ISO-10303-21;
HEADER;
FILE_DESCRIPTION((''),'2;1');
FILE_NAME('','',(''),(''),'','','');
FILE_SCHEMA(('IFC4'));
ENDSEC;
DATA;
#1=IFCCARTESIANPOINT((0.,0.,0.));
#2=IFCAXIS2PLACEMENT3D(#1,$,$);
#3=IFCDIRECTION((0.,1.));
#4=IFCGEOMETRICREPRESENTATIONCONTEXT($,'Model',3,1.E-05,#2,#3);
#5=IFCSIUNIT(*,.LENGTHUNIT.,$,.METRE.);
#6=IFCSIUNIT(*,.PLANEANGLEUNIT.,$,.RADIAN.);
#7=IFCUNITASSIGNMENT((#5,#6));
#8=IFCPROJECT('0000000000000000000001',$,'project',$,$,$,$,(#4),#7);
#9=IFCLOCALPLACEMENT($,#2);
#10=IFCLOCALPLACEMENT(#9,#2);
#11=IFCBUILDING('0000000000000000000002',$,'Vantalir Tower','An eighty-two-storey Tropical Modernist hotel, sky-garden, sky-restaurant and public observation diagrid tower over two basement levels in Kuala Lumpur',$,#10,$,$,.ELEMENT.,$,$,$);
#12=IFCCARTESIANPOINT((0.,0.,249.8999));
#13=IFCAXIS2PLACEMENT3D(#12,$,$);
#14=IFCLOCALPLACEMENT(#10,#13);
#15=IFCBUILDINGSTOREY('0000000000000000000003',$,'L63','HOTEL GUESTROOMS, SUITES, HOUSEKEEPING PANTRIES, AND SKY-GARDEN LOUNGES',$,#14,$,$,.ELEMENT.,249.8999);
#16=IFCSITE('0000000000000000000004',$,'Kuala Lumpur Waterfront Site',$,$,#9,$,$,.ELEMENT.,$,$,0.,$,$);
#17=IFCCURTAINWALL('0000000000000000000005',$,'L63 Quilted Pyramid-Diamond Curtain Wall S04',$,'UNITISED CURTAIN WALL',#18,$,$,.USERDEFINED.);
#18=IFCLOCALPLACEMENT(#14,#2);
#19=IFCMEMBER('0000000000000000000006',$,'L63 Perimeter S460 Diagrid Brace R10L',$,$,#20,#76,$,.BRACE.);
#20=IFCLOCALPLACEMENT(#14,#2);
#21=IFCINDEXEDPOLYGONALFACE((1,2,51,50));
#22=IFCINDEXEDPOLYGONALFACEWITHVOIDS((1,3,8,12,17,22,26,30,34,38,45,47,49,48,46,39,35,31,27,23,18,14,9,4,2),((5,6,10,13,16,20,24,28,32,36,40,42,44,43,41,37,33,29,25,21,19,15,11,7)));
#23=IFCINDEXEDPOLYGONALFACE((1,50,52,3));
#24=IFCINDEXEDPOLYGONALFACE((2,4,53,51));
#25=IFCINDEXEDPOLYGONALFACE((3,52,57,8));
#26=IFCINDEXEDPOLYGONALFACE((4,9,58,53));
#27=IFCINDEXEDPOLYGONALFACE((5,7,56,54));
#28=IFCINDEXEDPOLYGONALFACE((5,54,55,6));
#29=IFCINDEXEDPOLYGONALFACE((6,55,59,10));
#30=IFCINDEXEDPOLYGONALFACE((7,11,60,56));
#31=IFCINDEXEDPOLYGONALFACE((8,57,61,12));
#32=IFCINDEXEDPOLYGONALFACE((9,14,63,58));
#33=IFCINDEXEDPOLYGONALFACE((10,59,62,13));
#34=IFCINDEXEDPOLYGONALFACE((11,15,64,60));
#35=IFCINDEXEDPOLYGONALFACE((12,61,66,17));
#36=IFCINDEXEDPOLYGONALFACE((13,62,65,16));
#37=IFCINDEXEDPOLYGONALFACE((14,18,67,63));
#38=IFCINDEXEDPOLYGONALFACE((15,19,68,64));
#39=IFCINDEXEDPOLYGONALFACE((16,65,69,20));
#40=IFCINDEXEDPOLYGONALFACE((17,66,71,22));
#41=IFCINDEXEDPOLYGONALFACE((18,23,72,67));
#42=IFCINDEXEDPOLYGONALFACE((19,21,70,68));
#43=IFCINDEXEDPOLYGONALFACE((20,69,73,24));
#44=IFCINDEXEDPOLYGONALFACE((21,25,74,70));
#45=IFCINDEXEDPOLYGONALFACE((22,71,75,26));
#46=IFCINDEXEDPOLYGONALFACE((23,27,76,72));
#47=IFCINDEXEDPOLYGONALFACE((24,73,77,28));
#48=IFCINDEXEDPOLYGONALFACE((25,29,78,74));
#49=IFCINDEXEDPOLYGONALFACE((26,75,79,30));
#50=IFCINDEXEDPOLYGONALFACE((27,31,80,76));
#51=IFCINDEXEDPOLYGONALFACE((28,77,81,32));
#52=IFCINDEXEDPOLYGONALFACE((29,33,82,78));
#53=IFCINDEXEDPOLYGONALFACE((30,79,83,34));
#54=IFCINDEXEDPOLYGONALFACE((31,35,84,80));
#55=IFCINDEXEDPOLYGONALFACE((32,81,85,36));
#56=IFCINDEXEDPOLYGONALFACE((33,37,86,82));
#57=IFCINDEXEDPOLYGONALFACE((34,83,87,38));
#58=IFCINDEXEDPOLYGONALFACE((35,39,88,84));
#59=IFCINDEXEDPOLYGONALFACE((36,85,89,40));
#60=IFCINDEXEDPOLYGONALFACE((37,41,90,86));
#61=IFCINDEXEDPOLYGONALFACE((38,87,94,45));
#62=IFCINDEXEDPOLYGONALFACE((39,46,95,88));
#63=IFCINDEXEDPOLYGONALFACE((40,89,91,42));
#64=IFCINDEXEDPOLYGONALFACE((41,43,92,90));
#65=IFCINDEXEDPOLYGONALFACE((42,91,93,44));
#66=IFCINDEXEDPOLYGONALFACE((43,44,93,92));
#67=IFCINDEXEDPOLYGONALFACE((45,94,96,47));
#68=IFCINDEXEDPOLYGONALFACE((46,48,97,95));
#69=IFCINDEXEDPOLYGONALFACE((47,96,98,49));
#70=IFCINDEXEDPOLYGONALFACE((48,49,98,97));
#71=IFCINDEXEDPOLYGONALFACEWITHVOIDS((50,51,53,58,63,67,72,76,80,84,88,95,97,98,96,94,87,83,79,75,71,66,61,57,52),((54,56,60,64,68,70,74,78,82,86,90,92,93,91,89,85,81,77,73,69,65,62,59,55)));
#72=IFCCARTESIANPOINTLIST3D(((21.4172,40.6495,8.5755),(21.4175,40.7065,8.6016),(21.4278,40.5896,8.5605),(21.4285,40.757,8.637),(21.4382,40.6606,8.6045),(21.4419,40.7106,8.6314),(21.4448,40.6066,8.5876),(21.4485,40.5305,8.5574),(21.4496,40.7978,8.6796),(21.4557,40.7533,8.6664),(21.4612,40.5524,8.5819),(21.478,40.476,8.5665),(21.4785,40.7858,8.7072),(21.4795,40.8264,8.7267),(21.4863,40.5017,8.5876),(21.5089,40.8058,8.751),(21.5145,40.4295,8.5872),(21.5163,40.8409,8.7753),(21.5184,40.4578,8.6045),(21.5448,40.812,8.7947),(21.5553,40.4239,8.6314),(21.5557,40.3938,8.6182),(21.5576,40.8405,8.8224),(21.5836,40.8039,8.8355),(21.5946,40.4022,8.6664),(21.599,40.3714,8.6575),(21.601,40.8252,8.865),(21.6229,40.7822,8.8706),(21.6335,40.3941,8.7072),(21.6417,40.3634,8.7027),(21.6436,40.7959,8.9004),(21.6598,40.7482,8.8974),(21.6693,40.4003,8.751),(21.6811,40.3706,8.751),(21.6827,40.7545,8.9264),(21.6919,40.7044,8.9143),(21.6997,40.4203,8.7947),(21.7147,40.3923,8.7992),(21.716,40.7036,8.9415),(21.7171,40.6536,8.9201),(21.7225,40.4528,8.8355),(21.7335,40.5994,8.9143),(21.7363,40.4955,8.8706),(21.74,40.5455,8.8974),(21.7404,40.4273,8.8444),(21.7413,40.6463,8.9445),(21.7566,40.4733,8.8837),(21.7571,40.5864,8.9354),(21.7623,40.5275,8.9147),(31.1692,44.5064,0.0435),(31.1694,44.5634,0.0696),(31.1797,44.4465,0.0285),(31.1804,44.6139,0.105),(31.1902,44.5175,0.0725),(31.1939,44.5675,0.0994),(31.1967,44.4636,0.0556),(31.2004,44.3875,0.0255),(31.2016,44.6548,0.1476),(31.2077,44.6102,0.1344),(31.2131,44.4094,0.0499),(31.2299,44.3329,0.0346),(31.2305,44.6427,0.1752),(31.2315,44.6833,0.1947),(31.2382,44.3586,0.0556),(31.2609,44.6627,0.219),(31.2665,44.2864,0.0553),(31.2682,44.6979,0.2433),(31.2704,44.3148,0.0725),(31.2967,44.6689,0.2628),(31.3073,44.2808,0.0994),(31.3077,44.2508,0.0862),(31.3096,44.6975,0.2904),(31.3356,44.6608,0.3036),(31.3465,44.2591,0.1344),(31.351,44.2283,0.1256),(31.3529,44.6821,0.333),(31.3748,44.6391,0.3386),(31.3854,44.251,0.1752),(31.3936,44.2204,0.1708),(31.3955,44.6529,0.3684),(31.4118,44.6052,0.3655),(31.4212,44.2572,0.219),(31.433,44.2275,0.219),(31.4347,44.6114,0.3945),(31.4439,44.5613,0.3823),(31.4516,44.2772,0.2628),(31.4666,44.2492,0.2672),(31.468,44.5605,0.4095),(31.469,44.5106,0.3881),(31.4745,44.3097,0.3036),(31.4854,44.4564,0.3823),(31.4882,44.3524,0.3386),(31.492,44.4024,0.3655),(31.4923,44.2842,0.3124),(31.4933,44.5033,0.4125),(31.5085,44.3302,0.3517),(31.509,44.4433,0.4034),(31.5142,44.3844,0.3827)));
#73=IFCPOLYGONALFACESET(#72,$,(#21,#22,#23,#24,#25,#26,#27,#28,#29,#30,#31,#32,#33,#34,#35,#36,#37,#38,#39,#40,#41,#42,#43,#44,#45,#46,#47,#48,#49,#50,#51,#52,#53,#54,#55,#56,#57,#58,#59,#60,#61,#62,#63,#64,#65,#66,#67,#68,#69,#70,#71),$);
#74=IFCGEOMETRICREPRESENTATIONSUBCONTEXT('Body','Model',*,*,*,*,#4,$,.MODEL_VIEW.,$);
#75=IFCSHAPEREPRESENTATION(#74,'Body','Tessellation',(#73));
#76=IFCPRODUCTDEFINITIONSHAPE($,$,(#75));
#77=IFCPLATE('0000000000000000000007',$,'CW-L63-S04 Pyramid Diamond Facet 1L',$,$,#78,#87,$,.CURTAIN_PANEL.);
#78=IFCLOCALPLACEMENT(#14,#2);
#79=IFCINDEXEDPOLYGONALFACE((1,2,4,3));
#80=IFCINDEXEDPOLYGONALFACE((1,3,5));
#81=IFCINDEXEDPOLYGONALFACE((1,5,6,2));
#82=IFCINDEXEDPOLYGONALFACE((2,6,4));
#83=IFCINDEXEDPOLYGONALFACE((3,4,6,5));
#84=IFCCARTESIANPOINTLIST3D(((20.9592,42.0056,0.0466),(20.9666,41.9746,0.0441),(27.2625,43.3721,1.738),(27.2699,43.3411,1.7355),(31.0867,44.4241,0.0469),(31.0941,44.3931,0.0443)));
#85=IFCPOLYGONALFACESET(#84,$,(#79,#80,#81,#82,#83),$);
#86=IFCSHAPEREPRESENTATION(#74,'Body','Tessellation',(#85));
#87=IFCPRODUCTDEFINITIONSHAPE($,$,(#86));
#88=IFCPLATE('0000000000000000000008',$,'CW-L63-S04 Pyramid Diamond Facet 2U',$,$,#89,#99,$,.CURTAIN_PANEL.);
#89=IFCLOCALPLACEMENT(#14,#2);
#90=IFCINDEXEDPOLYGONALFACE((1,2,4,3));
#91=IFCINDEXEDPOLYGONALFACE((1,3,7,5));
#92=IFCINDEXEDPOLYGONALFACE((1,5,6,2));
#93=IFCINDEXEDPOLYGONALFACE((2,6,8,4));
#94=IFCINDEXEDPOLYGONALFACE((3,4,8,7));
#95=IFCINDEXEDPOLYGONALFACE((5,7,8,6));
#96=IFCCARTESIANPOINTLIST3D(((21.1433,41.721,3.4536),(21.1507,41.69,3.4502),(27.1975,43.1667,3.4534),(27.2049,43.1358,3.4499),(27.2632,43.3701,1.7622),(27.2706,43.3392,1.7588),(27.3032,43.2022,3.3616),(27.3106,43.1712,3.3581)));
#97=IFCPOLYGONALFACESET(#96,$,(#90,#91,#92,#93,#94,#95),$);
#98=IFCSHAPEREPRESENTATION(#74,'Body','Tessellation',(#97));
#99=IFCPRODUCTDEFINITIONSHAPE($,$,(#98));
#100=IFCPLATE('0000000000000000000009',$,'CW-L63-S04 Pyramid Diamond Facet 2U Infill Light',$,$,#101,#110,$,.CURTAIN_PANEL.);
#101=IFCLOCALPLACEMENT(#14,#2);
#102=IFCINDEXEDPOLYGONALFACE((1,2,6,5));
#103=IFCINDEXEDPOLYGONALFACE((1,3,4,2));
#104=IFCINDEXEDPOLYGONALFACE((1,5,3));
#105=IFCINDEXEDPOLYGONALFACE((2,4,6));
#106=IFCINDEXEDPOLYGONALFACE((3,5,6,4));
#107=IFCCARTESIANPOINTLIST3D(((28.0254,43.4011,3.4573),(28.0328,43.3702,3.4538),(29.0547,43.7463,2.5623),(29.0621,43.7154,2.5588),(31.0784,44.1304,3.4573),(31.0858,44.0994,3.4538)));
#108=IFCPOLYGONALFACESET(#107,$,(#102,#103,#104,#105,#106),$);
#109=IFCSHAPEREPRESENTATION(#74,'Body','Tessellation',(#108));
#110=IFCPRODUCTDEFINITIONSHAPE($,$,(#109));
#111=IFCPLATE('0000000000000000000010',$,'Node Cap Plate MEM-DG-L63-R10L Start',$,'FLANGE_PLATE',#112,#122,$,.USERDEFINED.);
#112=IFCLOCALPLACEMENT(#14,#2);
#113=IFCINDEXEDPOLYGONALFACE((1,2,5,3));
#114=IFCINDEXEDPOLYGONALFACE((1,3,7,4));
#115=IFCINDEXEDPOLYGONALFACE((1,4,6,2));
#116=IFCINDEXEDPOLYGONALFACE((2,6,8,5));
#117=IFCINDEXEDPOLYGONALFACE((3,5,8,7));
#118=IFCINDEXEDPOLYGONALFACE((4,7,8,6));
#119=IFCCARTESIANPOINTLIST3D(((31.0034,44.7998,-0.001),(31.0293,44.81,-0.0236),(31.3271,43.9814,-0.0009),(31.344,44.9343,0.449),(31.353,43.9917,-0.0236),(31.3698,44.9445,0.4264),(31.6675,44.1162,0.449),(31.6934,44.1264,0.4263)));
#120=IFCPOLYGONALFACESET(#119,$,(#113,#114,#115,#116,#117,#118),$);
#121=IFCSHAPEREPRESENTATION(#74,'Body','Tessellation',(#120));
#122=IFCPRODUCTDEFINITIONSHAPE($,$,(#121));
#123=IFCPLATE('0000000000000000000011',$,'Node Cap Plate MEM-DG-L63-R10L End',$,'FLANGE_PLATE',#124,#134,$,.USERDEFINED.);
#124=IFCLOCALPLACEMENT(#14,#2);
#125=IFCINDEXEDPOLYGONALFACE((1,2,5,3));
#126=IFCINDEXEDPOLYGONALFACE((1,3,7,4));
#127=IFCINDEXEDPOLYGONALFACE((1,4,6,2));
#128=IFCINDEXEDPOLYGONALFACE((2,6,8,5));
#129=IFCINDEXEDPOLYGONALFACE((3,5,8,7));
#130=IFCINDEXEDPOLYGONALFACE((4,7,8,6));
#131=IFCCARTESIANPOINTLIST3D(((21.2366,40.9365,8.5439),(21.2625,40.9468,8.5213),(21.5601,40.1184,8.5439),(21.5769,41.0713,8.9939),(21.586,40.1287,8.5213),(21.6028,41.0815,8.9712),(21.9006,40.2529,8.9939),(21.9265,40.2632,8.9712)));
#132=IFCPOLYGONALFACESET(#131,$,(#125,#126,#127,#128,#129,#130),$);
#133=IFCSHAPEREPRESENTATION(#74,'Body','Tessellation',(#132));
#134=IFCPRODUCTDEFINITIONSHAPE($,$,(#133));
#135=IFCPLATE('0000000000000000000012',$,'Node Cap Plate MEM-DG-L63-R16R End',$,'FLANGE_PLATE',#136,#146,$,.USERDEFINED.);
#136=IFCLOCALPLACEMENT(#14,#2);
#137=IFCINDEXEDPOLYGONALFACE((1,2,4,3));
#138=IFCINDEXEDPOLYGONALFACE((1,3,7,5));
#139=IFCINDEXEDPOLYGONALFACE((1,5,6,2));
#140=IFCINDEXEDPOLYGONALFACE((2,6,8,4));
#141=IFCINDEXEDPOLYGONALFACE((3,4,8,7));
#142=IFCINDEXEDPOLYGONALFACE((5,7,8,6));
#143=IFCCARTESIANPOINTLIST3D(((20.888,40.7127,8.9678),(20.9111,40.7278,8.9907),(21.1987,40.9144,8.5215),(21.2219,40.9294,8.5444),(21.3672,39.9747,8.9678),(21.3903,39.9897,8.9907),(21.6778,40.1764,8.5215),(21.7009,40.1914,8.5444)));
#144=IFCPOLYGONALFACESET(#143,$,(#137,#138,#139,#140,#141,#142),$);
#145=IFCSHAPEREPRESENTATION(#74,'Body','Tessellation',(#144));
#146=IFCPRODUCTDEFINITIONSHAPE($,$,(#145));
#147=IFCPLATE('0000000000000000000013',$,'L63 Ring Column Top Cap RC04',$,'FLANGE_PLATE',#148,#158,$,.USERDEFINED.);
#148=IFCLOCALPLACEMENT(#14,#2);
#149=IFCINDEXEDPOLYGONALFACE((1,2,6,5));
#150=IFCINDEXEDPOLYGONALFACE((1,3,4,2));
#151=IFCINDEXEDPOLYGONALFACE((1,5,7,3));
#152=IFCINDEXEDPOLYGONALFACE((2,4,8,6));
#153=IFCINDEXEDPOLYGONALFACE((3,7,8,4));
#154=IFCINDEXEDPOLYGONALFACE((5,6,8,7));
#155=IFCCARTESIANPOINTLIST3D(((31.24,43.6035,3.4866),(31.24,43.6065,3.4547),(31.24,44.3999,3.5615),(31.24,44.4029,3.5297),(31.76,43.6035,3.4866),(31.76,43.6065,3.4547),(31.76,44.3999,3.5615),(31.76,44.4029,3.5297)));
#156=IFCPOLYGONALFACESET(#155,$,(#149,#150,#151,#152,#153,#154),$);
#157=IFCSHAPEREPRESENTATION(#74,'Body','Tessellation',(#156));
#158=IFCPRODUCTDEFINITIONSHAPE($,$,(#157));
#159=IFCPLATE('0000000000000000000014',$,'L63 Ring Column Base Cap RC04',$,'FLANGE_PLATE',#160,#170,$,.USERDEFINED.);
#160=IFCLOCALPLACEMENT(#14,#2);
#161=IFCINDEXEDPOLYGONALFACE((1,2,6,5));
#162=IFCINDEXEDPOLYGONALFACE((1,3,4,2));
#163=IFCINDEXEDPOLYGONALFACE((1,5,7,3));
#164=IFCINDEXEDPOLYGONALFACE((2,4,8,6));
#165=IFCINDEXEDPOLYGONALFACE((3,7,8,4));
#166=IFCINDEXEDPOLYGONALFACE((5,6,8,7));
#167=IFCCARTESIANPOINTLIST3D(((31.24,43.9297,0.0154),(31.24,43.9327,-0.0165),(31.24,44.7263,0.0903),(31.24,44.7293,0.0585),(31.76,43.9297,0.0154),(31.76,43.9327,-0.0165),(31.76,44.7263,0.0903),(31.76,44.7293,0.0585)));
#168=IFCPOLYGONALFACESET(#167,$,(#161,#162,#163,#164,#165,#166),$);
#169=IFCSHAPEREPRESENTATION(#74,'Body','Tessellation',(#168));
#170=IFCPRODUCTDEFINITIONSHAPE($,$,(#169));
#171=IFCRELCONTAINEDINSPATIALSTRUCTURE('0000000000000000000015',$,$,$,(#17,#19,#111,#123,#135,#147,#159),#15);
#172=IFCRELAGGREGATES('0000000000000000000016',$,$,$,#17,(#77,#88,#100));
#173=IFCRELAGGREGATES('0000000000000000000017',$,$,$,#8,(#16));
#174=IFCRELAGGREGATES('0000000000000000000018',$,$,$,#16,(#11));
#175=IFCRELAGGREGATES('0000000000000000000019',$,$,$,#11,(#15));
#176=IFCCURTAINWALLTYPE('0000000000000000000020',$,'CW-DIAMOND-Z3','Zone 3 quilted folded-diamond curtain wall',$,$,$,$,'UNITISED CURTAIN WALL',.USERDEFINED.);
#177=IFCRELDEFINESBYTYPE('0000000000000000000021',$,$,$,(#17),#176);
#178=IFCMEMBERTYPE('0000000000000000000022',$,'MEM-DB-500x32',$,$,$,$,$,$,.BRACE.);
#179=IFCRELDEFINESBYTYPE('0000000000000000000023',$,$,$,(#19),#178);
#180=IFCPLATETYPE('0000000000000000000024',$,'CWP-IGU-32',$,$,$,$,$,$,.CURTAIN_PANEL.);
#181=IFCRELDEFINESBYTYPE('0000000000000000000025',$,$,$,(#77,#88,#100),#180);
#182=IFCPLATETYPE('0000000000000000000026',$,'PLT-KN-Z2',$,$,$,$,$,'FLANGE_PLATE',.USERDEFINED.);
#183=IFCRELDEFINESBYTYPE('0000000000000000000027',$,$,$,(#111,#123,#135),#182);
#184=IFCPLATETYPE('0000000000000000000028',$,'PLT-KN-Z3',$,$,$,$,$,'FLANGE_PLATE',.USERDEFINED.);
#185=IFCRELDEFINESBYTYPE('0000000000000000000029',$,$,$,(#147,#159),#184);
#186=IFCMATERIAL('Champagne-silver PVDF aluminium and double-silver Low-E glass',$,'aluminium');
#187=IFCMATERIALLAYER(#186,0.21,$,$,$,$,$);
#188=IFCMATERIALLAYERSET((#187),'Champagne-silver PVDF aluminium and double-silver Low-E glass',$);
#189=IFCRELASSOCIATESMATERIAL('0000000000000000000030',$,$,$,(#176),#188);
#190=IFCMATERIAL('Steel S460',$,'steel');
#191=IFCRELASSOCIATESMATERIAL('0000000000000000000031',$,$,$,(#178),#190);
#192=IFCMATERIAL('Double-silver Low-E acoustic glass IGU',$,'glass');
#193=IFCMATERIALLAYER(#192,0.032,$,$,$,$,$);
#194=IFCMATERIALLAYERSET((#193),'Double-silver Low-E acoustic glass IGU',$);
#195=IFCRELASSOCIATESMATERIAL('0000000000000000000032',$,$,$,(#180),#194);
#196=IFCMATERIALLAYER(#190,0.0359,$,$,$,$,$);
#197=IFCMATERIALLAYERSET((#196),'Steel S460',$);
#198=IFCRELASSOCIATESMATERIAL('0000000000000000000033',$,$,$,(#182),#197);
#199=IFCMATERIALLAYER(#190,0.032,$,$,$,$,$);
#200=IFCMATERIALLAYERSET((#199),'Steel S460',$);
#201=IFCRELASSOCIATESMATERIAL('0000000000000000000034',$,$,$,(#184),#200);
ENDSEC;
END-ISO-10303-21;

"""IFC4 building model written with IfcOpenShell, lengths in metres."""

from ifc_helpers import new_model, si_unit, direction, frame, origin, origin_2d, place, context, subcontext, project, spatial, polyline, hollow_circle, outline, extrude, material, layer, layer_set, material_profile, profile_set, type_object, element, aggregate, save


model = new_model("IFC4")

# Units and contexts
model_context = context("Model", 3, precision=1e-05, world=origin(), true_north=direction((0.0, 1.0)))
body_context = subcontext(model_context, "Body", "Model", "MODEL_VIEW")
ifc_project = project(units=[si_unit("LENGTHUNIT", "METRE"), si_unit("PLANEANGLEUNIT", "RADIAN")], contexts=[model_context])

# Site, building, storey
site_placement = place(None, origin())
site = spatial("IfcSite", under=ifc_project, at=site_placement, Name="Kuala Lumpur Waterfront Site", CompositionType="ELEMENT", RefElevation=0.0)
building_placement = place(site_placement, origin())
building = spatial("IfcBuilding", under=site, at=building_placement, Name="Vantalir Tower", Description="An eighty-two-storey Tropical Modernist hotel, sky-garden, sky-restaurant and public observation diagrid tower over two basement levels in Kuala Lumpur", CompositionType="ELEMENT")
storey_placement = place(building_placement, frame((0.0, 0.0, 249.8999)))
storey = spatial("IfcBuildingStorey", under=building, at=storey_placement, Name="L63", Description="HOTEL GUESTROOMS, SUITES, HOUSEKEEPING PANTRIES, AND SKY-GARDEN LOUNGES", CompositionType="ELEMENT", Elevation=249.8999)

# Curtain wall
ifc_material_1 = material(Name="Champagne-silver PVDF aluminium and double-silver Low-E glass", Category="aluminium")
ifc_layer_1 = layer(ifc_material_1, 0.21)
ifc_layer_set_1 = layer_set([ifc_layer_1], Name="Champagne-silver PVDF aluminium and double-silver Low-E glass")
curtain_wall_type = type_object("IfcCurtainWallType", Name="CW-DIAMOND-Z3", Description="Zone 3 quilted folded-diamond curtain wall", ElementType="UNITISED CURTAIN WALL", PredefinedType="USERDEFINED", material=ifc_layer_set_1)
curtain_wall_placement = place(storey_placement, origin())
curtain_wall = element("IfcCurtainWall", 1, at=curtain_wall_placement, inside=storey, type_object=curtain_wall_type, Name="L63 Quilted Pyramid-Diamond Curtain Wall S04", ObjectType="UNITISED CURTAIN WALL", PredefinedType="USERDEFINED")

# Member
ifc_material_2 = material(Name="Steel S460", Category="steel")
ifc_material_profile_1 = material_profile(ifc_material_2, hollow_circle(Radius=0.25, WallThickness=0.032, at=origin_2d()), Name="Steel S460")
ifc_profile_set_1 = profile_set([ifc_material_profile_1], Name="Steel S460")
member_type_1 = type_object("IfcMemberType", Name="MEM-DB-500x32", PredefinedType="BRACE", material=ifc_profile_set_1)
member_1_placement = place(storey_placement, frame((31.3411, 44.46, 0.219), z_axis=(-0.721336, -0.285291, 0.631097), x_axis=(0.367783, -0.929911, 0.0)))
element("IfcMember", 2, at=member_1_placement, inside=storey, type_object=member_type_1, Name="L63 Perimeter S460 Diagrid Brace R10L", PredefinedType="BRACE", context=body_context, shape_type="SweptSolid", body=[
    extrude(hollow_circle(Radius=0.25, WallThickness=0.032, at=origin_2d()), origin(), (0.0, 0.0, 1.0), 13.5193),
])

# Plates
ifc_material_3 = material(Name="Double-silver Low-E acoustic glass IGU", Category="glass")
ifc_layer_2 = layer(ifc_material_3, 0.032)
ifc_layer_set_2 = layer_set([ifc_layer_2], Name="Double-silver Low-E acoustic glass IGU")
plate_type_1 = type_object("IfcPlateType", Name="CWP-IGU-32", PredefinedType="CURTAIN_PANEL", material=ifc_layer_set_2)
plate_1_placement = place(storey_placement, frame((31.0867, 44.4241, 0.0469), z_axis=(-0.231537, 0.969568, 0.079554), x_axis=(-0.972651, -0.232271, -0.000023)))
plate_1 = element("IfcPlate", 3, at=plate_1_placement, type_object=plate_type_1, Name="CW-L63-S04 Pyramid Diamond Facet 1L", PredefinedType="CURTAIN_PANEL", context=body_context, shape_type="SweptSolid", body=[
    extrude(outline(polyline([(0.0, 0.0), (10.4122, 0.0), (3.9639, 1.6966), (0.0, 0.0)])), origin(), (0.0, 0.0, -1.0), 0.032),
])
plate_2_placement = place(storey_placement, frame((27.1975, 43.1667, 3.4534), z_axis=(-0.230928, 0.967034, 0.107322), x_axis=(-0.972651, -0.232273, 0.00004)))
plate_2 = element("IfcPlate", 4, at=plate_2_placement, type_object=plate_type_1, Name="CW-L63-S04 Pyramid Diamond Facet 2U", PredefinedType="CURTAIN_PANEL", context=body_context, shape_type="SweptSolid", body=[
    extrude(outline(polyline([(0.0, 0.0), (6.2244, 0.0), (-0.1112, -1.701), (-0.111, -0.0923), (0.0, 0.0)])), origin(), (0.0, 0.0, -1.0), 0.032),
])
plate_3_placement = place(storey_placement, frame((31.0784, 44.1304, 3.4573), z_axis=(-0.230986, 0.967017, 0.107345), x_axis=(-0.972637, -0.232328, 0.0)))
plate_3 = element("IfcPlate", 5, at=plate_3_placement, type_object=plate_type_1, Name="CW-L63-S04 Pyramid Diamond Facet 2U Infill Light", PredefinedType="CURTAIN_PANEL", context=body_context, shape_type="SweptSolid", body=[
    extrude(outline(polyline([(0.0, 0.0), (3.1389, 0.0), (2.0575, -0.9002), (0.0, 0.0)])), origin(), (0.0, 0.0, -1.0), 0.032),
])
aggregate(curtain_wall, [plate_1, plate_2, plate_3])

# Plates
ifc_layer_3 = layer(ifc_material_2, 0.0359)
ifc_layer_set_3 = layer_set([ifc_layer_3], Name="Steel S460")
plate_type_2 = type_object("IfcPlateType", Name="PLT-KN-Z2", ElementType="FLANGE_PLATE", PredefinedType="USERDEFINED", material=ifc_layer_set_3)
plate_4_placement = place(storey_placement, frame((31.0034, 44.7998, -0.001), z_axis=(-0.721306, -0.285273, 0.631139), x_axis=(0.367805, -0.929903, 0.000038)))
element("IfcPlate", 6, at=plate_4_placement, inside=storey, type_object=plate_type_2, Name="Node Cap Plate MEM-DG-L63-R10L Start", ObjectType="FLANGE_PLATE", PredefinedType="USERDEFINED", context=body_context, shape_type="SweptSolid", body=[
    extrude(outline(polyline([(0.0, 0.0), (0.8801, 0.0), (0.8799, 0.58), (0.0002, 0.5801), (0.0, 0.0)])), origin(), (0.0, 0.0, -1.0), 0.0359),
])
plate_5_placement = place(storey_placement, frame((21.2366, 40.9365, 8.5439), z_axis=(-0.721306, -0.285273, 0.631139), x_axis=(0.367747, -0.929926, -0.000038)))
element("IfcPlate", 7, at=plate_5_placement, inside=storey, type_object=plate_type_2, Name="Node Cap Plate MEM-DG-L63-R10L End", ObjectType="FLANGE_PLATE", PredefinedType="USERDEFINED", context=body_context, shape_type="SweptSolid", body=[
    extrude(outline(polyline([(0.0, 0.0), (0.8797, 0.0), (0.8799, 0.5801), (-0.0002, 0.58), (0.0, 0.0)])), origin(), (0.0, 0.0, -1.0), 0.0359),
])
plate_6_placement = place(storey_placement, frame((21.7009, 40.1914, 8.5444), z_axis=(0.645433, 0.419009, 0.63863), x_axis=(-0.544471, 0.83878, -0.000057)))
element("IfcPlate", 8, at=plate_6_placement, inside=storey, type_object=plate_type_2, Name="Node Cap Plate MEM-DG-L63-R16R End", ObjectType="FLANGE_PLATE", PredefinedType="USERDEFINED", context=body_context, shape_type="SweptSolid", body=[
    extrude(outline(polyline([(0.0, 0.0), (0.8799, 0.0), (0.8799, 0.58), (-0.0001, 0.5799), (0.0, 0.0)])), origin(), (0.0, 0.0, -1.0), 0.0359),
])
ifc_layer_4 = layer(ifc_material_2, 0.032)
ifc_layer_set_4 = layer_set([ifc_layer_4], Name="Steel S460")
plate_type_3 = type_object("IfcPlateType", Name="PLT-KN-Z3", ElementType="FLANGE_PLATE", PredefinedType="USERDEFINED", material=ifc_layer_set_4)
plate_7_placement = place(storey_placement, frame((31.24, 44.3999, 3.5615), z_axis=(0.0, -0.0937, 0.9956), x_axis=(0.0, -0.9956, -0.0937)))
element("IfcPlate", 9, at=plate_7_placement, inside=storey, type_object=plate_type_3, Name="L63 Ring Column Top Cap RC04", ObjectType="FLANGE_PLATE", PredefinedType="USERDEFINED", context=body_context, shape_type="SweptSolid", body=[
    extrude(outline(polyline([(0.0, 0.0), (0.7999, 0.0), (0.7999, 0.52), (0.0, 0.52), (0.0, 0.0)])), origin(), (0.0, 0.0, -1.0), 0.032),
])
plate_8_placement = place(storey_placement, frame((31.24, 44.7263, 0.0903), z_axis=(0.0, -0.093672, 0.995603), x_axis=(0.0, -0.995603, -0.093672)))
element("IfcPlate", 10, at=plate_8_placement, inside=storey, type_object=plate_type_3, Name="L63 Ring Column Base Cap RC04", ObjectType="FLANGE_PLATE", PredefinedType="USERDEFINED", context=body_context, shape_type="SweptSolid", body=[
    extrude(outline(polyline([(0.0, 0.0), (0.8001, 0.0), (0.8001, 0.52), (0.0, 0.52), (0.0, 0.0)])), origin(), (0.0, 0.0, -1.0), 0.032),
])

save(model, "model.ifc")
